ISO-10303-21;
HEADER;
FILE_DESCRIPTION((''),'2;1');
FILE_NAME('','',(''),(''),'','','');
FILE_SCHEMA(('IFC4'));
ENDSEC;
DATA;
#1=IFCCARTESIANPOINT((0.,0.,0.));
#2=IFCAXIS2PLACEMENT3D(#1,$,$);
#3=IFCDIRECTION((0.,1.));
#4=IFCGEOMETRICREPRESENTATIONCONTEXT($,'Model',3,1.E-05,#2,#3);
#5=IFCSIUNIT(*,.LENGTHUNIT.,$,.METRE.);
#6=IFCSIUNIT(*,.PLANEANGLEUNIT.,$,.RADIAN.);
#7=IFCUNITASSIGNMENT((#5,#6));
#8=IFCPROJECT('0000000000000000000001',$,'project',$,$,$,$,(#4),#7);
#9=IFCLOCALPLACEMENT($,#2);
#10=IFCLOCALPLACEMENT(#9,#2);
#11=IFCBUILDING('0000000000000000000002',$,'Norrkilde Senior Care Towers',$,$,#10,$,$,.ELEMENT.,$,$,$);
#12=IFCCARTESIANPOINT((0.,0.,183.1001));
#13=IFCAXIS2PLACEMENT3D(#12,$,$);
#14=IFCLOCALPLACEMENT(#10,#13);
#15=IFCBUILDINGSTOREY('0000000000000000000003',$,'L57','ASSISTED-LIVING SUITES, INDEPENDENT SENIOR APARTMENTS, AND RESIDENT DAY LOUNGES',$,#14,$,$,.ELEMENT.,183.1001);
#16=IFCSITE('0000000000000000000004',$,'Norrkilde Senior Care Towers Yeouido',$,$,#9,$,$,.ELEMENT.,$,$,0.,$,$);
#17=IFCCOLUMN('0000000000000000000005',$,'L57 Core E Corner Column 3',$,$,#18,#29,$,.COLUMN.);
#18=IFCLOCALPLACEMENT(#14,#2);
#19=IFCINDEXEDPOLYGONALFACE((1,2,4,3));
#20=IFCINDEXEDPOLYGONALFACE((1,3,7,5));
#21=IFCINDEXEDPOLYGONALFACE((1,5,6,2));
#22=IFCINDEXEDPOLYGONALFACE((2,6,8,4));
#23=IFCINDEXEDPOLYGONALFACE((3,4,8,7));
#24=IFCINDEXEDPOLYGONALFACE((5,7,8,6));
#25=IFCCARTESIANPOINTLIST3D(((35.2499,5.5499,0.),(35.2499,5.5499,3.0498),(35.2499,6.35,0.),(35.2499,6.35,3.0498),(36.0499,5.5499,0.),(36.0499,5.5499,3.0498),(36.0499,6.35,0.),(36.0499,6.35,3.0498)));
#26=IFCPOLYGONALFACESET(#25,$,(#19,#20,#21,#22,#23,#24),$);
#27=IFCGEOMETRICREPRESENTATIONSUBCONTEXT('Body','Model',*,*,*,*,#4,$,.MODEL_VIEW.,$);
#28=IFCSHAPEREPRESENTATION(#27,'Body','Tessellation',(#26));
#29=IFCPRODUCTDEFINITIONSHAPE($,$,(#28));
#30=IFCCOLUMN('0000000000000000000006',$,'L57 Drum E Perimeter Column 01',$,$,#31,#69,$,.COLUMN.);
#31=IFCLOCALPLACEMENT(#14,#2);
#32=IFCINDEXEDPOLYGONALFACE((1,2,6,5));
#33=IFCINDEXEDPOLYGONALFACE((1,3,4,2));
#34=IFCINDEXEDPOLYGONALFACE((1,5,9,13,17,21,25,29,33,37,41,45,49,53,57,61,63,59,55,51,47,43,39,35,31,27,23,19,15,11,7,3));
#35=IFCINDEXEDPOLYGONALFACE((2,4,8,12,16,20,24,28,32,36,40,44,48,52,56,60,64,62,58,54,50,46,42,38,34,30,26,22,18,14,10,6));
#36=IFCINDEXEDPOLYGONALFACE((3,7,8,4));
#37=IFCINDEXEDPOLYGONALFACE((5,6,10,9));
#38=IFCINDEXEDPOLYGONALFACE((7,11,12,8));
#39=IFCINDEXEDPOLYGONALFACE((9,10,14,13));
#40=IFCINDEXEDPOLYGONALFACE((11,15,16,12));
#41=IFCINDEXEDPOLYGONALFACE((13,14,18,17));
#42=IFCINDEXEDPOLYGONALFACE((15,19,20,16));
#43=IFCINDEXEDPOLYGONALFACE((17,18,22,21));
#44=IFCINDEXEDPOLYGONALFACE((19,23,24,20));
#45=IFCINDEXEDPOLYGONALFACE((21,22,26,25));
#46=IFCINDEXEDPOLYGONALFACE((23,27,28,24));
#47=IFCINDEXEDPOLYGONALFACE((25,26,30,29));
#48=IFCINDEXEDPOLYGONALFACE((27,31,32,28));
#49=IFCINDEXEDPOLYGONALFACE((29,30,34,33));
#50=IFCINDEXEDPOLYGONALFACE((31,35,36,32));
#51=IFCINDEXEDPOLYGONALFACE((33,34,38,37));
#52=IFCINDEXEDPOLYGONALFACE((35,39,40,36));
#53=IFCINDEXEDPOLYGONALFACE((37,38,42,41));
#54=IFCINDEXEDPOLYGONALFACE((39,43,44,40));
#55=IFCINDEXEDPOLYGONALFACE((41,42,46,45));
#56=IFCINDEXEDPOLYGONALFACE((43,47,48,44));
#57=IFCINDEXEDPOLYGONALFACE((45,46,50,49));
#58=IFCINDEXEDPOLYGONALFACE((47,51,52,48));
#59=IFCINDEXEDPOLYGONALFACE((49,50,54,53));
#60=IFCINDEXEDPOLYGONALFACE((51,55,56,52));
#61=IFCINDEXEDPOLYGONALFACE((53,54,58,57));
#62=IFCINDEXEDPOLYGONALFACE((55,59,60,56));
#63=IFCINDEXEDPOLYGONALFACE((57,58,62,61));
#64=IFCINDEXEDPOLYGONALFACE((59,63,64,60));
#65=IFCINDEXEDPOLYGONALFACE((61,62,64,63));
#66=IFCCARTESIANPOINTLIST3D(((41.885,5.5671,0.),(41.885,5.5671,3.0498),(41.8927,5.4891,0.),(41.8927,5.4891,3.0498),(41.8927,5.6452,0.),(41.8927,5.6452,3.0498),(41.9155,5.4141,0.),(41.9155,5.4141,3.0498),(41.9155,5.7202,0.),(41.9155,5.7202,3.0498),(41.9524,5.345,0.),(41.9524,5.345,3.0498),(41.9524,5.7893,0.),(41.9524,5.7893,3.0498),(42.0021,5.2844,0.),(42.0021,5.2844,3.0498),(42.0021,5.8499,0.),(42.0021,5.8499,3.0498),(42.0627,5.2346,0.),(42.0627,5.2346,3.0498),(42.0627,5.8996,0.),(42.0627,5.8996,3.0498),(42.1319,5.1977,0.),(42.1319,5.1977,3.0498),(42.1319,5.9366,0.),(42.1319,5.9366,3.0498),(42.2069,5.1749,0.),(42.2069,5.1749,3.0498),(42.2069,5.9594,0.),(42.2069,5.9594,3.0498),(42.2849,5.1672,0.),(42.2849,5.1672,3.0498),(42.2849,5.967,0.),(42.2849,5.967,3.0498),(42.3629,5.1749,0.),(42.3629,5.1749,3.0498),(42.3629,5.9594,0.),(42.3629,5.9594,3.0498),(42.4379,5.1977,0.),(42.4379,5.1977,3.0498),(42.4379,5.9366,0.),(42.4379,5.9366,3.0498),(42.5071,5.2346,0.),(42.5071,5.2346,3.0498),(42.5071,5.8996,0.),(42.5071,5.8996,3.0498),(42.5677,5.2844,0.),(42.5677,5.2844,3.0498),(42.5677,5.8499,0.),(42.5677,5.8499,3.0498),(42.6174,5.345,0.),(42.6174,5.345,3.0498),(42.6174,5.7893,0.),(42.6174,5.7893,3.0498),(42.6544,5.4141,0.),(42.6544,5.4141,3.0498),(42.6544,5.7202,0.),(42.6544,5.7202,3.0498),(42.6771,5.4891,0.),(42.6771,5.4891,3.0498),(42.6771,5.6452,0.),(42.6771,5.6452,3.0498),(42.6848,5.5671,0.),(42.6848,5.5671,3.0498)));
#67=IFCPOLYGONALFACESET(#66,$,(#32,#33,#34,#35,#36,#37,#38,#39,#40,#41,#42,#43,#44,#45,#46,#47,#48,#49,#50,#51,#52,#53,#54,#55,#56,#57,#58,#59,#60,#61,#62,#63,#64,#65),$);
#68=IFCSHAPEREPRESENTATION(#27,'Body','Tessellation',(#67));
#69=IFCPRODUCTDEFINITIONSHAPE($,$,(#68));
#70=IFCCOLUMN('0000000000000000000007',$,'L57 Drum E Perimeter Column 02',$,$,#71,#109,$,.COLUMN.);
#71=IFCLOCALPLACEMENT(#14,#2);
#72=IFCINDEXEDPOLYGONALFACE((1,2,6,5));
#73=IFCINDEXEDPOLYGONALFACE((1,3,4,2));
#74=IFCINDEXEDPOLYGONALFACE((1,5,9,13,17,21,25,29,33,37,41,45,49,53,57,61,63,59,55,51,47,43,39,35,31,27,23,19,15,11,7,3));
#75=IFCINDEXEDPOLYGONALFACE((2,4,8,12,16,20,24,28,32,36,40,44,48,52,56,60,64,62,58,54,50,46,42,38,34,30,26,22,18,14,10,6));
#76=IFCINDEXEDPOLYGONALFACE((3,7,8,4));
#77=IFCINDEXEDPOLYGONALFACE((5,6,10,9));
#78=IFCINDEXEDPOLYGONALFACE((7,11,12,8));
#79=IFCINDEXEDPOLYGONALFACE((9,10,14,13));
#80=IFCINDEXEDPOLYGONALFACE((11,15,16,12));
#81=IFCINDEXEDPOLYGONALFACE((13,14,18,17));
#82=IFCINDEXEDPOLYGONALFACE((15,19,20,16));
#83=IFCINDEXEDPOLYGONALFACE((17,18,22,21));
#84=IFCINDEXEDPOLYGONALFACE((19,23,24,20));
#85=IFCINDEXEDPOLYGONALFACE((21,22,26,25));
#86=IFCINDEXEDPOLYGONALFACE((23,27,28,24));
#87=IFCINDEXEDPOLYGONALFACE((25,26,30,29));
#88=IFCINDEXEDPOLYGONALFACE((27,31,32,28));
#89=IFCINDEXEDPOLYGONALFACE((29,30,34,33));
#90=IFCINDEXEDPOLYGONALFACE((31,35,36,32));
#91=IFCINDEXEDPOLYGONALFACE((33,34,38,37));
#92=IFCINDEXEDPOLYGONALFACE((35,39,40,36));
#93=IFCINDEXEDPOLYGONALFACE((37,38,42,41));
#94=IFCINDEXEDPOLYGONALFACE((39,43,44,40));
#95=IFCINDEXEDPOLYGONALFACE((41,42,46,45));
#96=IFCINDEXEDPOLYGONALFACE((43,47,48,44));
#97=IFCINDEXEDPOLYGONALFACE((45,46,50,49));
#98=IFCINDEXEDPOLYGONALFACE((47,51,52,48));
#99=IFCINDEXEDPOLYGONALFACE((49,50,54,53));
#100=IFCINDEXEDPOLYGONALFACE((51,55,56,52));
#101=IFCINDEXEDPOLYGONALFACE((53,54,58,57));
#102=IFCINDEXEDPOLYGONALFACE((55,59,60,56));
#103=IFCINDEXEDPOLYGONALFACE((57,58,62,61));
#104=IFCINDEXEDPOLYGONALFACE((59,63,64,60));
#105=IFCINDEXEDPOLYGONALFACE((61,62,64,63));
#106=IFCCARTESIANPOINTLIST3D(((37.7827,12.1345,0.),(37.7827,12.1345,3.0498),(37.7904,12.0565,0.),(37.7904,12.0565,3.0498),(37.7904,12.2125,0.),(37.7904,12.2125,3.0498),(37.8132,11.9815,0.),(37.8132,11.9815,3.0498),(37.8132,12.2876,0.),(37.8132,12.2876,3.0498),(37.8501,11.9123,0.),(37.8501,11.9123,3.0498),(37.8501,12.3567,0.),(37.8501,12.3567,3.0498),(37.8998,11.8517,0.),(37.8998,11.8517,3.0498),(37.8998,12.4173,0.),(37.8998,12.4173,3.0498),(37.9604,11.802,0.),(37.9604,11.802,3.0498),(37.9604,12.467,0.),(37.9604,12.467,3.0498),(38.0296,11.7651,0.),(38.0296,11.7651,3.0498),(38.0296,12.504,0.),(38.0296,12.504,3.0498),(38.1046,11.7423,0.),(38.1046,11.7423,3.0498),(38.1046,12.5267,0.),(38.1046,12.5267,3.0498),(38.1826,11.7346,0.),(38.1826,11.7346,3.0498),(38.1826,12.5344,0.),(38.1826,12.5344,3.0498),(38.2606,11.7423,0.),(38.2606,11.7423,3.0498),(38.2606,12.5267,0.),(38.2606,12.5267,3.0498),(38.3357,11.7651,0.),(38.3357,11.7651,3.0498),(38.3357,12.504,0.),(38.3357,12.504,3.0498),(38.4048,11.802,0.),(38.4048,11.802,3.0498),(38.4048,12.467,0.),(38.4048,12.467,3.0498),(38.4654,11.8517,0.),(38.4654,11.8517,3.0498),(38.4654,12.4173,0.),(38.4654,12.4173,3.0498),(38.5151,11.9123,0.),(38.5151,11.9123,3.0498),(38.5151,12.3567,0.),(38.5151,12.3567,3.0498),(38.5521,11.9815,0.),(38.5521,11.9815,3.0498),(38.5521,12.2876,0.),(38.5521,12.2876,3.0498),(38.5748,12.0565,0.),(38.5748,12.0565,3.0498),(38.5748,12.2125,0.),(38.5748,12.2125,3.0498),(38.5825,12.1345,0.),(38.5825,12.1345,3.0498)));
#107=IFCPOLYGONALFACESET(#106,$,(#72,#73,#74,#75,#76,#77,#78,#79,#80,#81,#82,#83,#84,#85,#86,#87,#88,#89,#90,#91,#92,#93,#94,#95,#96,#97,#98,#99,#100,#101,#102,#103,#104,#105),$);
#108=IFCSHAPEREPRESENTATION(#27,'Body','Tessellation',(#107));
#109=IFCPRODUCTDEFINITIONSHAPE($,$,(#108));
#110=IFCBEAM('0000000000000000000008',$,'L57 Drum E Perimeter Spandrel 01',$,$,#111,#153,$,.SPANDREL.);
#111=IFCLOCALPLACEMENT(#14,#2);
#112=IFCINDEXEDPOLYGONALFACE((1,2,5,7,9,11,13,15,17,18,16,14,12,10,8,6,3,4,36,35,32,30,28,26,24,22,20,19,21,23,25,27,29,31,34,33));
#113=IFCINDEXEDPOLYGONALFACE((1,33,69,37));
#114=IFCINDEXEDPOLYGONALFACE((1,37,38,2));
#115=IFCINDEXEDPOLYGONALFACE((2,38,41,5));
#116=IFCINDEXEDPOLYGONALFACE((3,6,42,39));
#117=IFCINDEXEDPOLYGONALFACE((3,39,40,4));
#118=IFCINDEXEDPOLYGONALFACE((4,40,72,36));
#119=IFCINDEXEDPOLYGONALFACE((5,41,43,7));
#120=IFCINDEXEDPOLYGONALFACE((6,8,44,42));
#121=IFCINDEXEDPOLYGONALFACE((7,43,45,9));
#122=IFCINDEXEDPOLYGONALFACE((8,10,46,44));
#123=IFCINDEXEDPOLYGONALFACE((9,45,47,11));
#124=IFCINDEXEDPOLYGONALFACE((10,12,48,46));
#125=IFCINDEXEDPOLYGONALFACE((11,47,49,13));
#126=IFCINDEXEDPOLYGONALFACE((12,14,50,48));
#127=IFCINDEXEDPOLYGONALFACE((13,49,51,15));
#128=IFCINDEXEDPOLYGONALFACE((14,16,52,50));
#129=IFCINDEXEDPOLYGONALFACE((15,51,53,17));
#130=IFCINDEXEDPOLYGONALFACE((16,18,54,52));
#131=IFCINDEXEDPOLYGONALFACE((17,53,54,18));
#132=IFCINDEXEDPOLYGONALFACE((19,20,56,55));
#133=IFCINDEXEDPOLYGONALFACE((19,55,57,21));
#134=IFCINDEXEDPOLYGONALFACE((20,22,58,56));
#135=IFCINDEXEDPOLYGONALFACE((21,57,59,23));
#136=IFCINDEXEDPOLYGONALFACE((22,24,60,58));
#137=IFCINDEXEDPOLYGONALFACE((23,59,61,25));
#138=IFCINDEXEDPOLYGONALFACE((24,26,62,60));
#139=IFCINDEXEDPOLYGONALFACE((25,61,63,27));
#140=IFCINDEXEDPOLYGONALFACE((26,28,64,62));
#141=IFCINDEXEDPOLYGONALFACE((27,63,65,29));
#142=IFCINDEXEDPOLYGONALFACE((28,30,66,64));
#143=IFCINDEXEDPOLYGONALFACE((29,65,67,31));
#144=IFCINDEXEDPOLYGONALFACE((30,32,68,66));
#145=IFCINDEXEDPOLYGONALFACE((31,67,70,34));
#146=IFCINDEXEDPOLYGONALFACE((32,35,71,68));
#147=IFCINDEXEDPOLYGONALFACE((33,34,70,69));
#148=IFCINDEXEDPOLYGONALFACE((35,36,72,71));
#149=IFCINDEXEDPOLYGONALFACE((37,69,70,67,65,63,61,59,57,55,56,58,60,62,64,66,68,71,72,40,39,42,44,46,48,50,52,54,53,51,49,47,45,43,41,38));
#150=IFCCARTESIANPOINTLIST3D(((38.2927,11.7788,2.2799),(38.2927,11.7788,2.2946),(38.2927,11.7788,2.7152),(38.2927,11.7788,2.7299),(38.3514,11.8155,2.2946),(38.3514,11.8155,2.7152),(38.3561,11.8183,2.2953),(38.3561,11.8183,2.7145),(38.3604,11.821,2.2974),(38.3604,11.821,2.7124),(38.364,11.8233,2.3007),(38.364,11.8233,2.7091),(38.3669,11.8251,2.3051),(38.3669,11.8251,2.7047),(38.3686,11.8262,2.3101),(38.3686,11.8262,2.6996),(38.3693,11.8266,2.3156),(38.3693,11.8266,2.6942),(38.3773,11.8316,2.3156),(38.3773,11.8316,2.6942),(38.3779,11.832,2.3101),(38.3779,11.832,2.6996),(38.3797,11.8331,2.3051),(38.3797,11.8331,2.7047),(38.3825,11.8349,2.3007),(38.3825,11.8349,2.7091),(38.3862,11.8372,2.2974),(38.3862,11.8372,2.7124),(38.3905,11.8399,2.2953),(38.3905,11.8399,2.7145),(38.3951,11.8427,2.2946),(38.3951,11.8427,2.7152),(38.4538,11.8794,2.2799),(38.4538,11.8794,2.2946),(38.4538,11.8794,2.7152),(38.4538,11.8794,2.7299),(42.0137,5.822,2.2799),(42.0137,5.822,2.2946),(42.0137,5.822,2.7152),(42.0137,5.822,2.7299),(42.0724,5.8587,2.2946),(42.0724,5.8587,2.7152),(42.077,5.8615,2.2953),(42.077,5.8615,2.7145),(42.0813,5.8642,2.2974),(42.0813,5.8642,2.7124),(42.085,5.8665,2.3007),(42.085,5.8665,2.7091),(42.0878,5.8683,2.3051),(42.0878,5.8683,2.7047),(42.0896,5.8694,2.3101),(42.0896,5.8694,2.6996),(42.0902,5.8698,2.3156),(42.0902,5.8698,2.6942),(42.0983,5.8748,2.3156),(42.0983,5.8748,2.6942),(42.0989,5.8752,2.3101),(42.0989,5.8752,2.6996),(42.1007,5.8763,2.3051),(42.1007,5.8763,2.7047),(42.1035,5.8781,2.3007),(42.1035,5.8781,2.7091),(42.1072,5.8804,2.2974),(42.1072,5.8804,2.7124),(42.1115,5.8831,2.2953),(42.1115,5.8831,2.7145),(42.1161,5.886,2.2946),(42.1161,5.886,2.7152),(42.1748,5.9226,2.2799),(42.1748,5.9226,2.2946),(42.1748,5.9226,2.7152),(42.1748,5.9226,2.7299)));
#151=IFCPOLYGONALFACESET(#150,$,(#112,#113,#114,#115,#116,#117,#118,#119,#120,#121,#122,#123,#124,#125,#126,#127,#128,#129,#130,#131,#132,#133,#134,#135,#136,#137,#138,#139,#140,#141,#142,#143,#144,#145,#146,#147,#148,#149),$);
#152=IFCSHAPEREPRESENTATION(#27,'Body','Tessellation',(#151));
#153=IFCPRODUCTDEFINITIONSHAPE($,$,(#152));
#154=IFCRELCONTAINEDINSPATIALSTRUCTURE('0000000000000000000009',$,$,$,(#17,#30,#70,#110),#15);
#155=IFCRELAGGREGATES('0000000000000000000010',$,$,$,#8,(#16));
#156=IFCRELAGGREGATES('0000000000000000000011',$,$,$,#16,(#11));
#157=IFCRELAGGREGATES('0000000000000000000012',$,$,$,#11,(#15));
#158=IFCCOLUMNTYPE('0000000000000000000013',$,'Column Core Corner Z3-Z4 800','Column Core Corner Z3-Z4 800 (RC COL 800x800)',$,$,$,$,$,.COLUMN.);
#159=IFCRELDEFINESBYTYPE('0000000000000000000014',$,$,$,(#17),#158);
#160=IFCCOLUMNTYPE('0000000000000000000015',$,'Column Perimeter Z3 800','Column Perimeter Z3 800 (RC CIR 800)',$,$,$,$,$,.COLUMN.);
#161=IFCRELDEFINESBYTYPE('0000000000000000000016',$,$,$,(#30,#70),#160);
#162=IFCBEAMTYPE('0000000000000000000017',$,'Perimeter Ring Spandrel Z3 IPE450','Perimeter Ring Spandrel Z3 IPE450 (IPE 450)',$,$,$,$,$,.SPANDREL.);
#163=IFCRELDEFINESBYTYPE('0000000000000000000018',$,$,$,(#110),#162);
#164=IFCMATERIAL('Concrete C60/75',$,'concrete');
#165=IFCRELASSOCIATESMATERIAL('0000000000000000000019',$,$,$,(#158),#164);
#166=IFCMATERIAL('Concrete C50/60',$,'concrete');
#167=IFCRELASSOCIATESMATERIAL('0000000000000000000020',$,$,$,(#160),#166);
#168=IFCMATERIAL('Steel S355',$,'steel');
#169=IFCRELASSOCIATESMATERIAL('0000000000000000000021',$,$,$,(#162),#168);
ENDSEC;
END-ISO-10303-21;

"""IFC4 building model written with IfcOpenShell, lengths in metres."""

from ifc_helpers import new_model, si_unit, direction, frame, origin, origin_2d, place, context, subcontext, project, spatial, rectangle, circle, i_section, extrude, source, transform, mapped, material, material_profile, profile_set, type_object, type_shapes, element, save


model = new_model("IFC4")

# Units and contexts
model_context = context("Model", 3, precision=1e-05, world=origin(), true_north=direction((0.0, 1.0)))
body_context = subcontext(model_context, "Body", "Model", "MODEL_VIEW")
ifc_project = project(units=[si_unit("LENGTHUNIT", "METRE"), si_unit("PLANEANGLEUNIT", "RADIAN")], contexts=[model_context])

# Site, building, storey
site_placement = place(None, origin())
site = spatial("IfcSite", under=ifc_project, at=site_placement, Name="Norrkilde Senior Care Towers Yeouido", CompositionType="ELEMENT", RefElevation=0.0)
building_placement = place(site_placement, origin())
building = spatial("IfcBuilding", under=site, at=building_placement, Name="Norrkilde Senior Care Towers", CompositionType="ELEMENT")
storey_placement = place(building_placement, frame((0.0, 0.0, 183.1001)))
storey = spatial("IfcBuildingStorey", under=building, at=storey_placement, Name="L57", Description="ASSISTED-LIVING SUITES, INDEPENDENT SENIOR APARTMENTS, AND RESIDENT DAY LOUNGES", CompositionType="ELEMENT", Elevation=183.1001)

# Columns
ifc_material_1 = material(Name="Concrete C60/75", Category="concrete")
ifc_material_profile_1 = material_profile(ifc_material_1, rectangle(XDim=0.8, YDim=0.8, at=origin_2d()), Name="RC COL 800x800")
ifc_profile_set_1 = profile_set([ifc_material_profile_1], Name="Concrete C60/75")
column_type_1 = type_object("IfcColumnType", Name="Column Core Corner Z3-Z4 800", Description="Column Core Corner Z3-Z4 800 (RC COL 800x800)", PredefinedType="COLUMN", material=ifc_profile_set_1)
shared_shape_1 = source(origin(), body_context, "Body", "SweptSolid", [
    extrude(rectangle(XDim=0.8, YDim=0.8, at=origin_2d()), origin(), (0.0, 0.0, 1.0), 3.0498),
])
type_shapes(column_type_1, [shared_shape_1])
column_placement = place(storey_placement, frame((35.6499, 5.95, 0.0), z_axis=(0.0, 0.0, 1.0), x_axis=(1.0, 0.0, 0.0)))
element("IfcColumn", 1, at=column_placement, inside=storey, type_object=column_type_1, Name="L57 Core E Corner Column 3", PredefinedType="COLUMN", context=body_context, shape_type="MappedRepresentation", body=[
    mapped(shared_shape_1, transform((0.0, 0.0, 0.0), x_axis=(1.0, 0.0, 0.0), y_axis=(0.0, 1.0, 0.0), z_axis=(0.0, 0.0, 1.0), scale=1.0)),
])
ifc_material_2 = material(Name="Concrete C50/60", Category="concrete")
ifc_material_profile_2 = material_profile(ifc_material_2, circle(Radius=0.3999, at=origin_2d()), Name="RC CIR 800")
ifc_profile_set_2 = profile_set([ifc_material_profile_2], Name="Concrete C50/60")
column_type_2 = type_object("IfcColumnType", Name="Column Perimeter Z3 800", Description="Column Perimeter Z3 800 (RC CIR 800)", PredefinedType="COLUMN", material=ifc_profile_set_2)
shared_shape_2 = source(origin(), body_context, "Body", "SweptSolid", [
    extrude(circle(Radius=0.3999, at=origin_2d()), origin(), (0.0, 0.0, 1.0), 3.0498),
])
type_shapes(column_type_2, [shared_shape_2])
for number, where, z_axis, x_axis, name in (
    (2, (42.2849, 5.5671, 0.0), (0.0, 0.0, 1.0), (1.0, 0.0, 0.0), "L57 Drum E Perimeter Column 01"),
    (3, (38.1826, 12.1345, 0.0), (0.0, 0.0, 1.0), (1.0, 0.0, 0.0), "L57 Drum E Perimeter Column 02"),
):
    element("IfcColumn", number, at=place(storey_placement, frame(where, z_axis=z_axis, x_axis=x_axis)), inside=storey, type_object=column_type_2, Name=name, PredefinedType="COLUMN", context=body_context, shape_type="MappedRepresentation", body=[
        mapped(shared_shape_2, transform((0.0, 0.0, 0.0), x_axis=(1.0, 0.0, 0.0), y_axis=(0.0, 1.0, 0.0), z_axis=(0.0, 0.0, 1.0), scale=1.0)),
    ])

# Beam
ifc_material_3 = material(Name="Steel S355", Category="steel")
ifc_material_profile_3 = material_profile(ifc_material_3, i_section(OverallWidth=0.1899, OverallDepth=0.45, WebThickness=0.0095, FlangeThickness=0.0146, FilletRadius=0.021, at=origin_2d()), Name="IPE 450")
ifc_profile_set_3 = profile_set([ifc_material_profile_3], Name="Steel S355")
beam_type_1 = type_object("IfcBeamType", Name="Perimeter Ring Spandrel Z3 IPE450", Description="Perimeter Ring Spandrel Z3 IPE450 (IPE 450)", PredefinedType="SPANDREL", material=ifc_profile_set_3)
shared_shape_3 = source(origin(), body_context, "Body", "SweptSolid", [
    extrude(i_section(OverallWidth=0.1899, OverallDepth=0.45, WebThickness=0.0095, FlangeThickness=0.0146, FilletRadius=0.021, at=origin_2d()), origin(), (0.0, 0.0, 1.0), 7.0234),
])
beam_1_placement = place(storey_placement, frame((42.0942, 5.8723, 2.5049), z_axis=(-0.52979, 0.848129, 0.0), x_axis=(-0.848129, -0.52979, 0.0)))
element("IfcBeam", 4, at=beam_1_placement, inside=storey, type_object=beam_type_1, Name="L57 Drum E Perimeter Spandrel 01", PredefinedType="SPANDREL", context=body_context, shape_type="MappedRepresentation", body=[
    mapped(shared_shape_3, transform((0.0, 0.0, 0.0), x_axis=(1.0, 0.0, 0.0), y_axis=(0.0, 1.0, 0.0), z_axis=(0.0, 0.0, 1.0), scale=1.0)),
])

save(model, "model.ifc")
